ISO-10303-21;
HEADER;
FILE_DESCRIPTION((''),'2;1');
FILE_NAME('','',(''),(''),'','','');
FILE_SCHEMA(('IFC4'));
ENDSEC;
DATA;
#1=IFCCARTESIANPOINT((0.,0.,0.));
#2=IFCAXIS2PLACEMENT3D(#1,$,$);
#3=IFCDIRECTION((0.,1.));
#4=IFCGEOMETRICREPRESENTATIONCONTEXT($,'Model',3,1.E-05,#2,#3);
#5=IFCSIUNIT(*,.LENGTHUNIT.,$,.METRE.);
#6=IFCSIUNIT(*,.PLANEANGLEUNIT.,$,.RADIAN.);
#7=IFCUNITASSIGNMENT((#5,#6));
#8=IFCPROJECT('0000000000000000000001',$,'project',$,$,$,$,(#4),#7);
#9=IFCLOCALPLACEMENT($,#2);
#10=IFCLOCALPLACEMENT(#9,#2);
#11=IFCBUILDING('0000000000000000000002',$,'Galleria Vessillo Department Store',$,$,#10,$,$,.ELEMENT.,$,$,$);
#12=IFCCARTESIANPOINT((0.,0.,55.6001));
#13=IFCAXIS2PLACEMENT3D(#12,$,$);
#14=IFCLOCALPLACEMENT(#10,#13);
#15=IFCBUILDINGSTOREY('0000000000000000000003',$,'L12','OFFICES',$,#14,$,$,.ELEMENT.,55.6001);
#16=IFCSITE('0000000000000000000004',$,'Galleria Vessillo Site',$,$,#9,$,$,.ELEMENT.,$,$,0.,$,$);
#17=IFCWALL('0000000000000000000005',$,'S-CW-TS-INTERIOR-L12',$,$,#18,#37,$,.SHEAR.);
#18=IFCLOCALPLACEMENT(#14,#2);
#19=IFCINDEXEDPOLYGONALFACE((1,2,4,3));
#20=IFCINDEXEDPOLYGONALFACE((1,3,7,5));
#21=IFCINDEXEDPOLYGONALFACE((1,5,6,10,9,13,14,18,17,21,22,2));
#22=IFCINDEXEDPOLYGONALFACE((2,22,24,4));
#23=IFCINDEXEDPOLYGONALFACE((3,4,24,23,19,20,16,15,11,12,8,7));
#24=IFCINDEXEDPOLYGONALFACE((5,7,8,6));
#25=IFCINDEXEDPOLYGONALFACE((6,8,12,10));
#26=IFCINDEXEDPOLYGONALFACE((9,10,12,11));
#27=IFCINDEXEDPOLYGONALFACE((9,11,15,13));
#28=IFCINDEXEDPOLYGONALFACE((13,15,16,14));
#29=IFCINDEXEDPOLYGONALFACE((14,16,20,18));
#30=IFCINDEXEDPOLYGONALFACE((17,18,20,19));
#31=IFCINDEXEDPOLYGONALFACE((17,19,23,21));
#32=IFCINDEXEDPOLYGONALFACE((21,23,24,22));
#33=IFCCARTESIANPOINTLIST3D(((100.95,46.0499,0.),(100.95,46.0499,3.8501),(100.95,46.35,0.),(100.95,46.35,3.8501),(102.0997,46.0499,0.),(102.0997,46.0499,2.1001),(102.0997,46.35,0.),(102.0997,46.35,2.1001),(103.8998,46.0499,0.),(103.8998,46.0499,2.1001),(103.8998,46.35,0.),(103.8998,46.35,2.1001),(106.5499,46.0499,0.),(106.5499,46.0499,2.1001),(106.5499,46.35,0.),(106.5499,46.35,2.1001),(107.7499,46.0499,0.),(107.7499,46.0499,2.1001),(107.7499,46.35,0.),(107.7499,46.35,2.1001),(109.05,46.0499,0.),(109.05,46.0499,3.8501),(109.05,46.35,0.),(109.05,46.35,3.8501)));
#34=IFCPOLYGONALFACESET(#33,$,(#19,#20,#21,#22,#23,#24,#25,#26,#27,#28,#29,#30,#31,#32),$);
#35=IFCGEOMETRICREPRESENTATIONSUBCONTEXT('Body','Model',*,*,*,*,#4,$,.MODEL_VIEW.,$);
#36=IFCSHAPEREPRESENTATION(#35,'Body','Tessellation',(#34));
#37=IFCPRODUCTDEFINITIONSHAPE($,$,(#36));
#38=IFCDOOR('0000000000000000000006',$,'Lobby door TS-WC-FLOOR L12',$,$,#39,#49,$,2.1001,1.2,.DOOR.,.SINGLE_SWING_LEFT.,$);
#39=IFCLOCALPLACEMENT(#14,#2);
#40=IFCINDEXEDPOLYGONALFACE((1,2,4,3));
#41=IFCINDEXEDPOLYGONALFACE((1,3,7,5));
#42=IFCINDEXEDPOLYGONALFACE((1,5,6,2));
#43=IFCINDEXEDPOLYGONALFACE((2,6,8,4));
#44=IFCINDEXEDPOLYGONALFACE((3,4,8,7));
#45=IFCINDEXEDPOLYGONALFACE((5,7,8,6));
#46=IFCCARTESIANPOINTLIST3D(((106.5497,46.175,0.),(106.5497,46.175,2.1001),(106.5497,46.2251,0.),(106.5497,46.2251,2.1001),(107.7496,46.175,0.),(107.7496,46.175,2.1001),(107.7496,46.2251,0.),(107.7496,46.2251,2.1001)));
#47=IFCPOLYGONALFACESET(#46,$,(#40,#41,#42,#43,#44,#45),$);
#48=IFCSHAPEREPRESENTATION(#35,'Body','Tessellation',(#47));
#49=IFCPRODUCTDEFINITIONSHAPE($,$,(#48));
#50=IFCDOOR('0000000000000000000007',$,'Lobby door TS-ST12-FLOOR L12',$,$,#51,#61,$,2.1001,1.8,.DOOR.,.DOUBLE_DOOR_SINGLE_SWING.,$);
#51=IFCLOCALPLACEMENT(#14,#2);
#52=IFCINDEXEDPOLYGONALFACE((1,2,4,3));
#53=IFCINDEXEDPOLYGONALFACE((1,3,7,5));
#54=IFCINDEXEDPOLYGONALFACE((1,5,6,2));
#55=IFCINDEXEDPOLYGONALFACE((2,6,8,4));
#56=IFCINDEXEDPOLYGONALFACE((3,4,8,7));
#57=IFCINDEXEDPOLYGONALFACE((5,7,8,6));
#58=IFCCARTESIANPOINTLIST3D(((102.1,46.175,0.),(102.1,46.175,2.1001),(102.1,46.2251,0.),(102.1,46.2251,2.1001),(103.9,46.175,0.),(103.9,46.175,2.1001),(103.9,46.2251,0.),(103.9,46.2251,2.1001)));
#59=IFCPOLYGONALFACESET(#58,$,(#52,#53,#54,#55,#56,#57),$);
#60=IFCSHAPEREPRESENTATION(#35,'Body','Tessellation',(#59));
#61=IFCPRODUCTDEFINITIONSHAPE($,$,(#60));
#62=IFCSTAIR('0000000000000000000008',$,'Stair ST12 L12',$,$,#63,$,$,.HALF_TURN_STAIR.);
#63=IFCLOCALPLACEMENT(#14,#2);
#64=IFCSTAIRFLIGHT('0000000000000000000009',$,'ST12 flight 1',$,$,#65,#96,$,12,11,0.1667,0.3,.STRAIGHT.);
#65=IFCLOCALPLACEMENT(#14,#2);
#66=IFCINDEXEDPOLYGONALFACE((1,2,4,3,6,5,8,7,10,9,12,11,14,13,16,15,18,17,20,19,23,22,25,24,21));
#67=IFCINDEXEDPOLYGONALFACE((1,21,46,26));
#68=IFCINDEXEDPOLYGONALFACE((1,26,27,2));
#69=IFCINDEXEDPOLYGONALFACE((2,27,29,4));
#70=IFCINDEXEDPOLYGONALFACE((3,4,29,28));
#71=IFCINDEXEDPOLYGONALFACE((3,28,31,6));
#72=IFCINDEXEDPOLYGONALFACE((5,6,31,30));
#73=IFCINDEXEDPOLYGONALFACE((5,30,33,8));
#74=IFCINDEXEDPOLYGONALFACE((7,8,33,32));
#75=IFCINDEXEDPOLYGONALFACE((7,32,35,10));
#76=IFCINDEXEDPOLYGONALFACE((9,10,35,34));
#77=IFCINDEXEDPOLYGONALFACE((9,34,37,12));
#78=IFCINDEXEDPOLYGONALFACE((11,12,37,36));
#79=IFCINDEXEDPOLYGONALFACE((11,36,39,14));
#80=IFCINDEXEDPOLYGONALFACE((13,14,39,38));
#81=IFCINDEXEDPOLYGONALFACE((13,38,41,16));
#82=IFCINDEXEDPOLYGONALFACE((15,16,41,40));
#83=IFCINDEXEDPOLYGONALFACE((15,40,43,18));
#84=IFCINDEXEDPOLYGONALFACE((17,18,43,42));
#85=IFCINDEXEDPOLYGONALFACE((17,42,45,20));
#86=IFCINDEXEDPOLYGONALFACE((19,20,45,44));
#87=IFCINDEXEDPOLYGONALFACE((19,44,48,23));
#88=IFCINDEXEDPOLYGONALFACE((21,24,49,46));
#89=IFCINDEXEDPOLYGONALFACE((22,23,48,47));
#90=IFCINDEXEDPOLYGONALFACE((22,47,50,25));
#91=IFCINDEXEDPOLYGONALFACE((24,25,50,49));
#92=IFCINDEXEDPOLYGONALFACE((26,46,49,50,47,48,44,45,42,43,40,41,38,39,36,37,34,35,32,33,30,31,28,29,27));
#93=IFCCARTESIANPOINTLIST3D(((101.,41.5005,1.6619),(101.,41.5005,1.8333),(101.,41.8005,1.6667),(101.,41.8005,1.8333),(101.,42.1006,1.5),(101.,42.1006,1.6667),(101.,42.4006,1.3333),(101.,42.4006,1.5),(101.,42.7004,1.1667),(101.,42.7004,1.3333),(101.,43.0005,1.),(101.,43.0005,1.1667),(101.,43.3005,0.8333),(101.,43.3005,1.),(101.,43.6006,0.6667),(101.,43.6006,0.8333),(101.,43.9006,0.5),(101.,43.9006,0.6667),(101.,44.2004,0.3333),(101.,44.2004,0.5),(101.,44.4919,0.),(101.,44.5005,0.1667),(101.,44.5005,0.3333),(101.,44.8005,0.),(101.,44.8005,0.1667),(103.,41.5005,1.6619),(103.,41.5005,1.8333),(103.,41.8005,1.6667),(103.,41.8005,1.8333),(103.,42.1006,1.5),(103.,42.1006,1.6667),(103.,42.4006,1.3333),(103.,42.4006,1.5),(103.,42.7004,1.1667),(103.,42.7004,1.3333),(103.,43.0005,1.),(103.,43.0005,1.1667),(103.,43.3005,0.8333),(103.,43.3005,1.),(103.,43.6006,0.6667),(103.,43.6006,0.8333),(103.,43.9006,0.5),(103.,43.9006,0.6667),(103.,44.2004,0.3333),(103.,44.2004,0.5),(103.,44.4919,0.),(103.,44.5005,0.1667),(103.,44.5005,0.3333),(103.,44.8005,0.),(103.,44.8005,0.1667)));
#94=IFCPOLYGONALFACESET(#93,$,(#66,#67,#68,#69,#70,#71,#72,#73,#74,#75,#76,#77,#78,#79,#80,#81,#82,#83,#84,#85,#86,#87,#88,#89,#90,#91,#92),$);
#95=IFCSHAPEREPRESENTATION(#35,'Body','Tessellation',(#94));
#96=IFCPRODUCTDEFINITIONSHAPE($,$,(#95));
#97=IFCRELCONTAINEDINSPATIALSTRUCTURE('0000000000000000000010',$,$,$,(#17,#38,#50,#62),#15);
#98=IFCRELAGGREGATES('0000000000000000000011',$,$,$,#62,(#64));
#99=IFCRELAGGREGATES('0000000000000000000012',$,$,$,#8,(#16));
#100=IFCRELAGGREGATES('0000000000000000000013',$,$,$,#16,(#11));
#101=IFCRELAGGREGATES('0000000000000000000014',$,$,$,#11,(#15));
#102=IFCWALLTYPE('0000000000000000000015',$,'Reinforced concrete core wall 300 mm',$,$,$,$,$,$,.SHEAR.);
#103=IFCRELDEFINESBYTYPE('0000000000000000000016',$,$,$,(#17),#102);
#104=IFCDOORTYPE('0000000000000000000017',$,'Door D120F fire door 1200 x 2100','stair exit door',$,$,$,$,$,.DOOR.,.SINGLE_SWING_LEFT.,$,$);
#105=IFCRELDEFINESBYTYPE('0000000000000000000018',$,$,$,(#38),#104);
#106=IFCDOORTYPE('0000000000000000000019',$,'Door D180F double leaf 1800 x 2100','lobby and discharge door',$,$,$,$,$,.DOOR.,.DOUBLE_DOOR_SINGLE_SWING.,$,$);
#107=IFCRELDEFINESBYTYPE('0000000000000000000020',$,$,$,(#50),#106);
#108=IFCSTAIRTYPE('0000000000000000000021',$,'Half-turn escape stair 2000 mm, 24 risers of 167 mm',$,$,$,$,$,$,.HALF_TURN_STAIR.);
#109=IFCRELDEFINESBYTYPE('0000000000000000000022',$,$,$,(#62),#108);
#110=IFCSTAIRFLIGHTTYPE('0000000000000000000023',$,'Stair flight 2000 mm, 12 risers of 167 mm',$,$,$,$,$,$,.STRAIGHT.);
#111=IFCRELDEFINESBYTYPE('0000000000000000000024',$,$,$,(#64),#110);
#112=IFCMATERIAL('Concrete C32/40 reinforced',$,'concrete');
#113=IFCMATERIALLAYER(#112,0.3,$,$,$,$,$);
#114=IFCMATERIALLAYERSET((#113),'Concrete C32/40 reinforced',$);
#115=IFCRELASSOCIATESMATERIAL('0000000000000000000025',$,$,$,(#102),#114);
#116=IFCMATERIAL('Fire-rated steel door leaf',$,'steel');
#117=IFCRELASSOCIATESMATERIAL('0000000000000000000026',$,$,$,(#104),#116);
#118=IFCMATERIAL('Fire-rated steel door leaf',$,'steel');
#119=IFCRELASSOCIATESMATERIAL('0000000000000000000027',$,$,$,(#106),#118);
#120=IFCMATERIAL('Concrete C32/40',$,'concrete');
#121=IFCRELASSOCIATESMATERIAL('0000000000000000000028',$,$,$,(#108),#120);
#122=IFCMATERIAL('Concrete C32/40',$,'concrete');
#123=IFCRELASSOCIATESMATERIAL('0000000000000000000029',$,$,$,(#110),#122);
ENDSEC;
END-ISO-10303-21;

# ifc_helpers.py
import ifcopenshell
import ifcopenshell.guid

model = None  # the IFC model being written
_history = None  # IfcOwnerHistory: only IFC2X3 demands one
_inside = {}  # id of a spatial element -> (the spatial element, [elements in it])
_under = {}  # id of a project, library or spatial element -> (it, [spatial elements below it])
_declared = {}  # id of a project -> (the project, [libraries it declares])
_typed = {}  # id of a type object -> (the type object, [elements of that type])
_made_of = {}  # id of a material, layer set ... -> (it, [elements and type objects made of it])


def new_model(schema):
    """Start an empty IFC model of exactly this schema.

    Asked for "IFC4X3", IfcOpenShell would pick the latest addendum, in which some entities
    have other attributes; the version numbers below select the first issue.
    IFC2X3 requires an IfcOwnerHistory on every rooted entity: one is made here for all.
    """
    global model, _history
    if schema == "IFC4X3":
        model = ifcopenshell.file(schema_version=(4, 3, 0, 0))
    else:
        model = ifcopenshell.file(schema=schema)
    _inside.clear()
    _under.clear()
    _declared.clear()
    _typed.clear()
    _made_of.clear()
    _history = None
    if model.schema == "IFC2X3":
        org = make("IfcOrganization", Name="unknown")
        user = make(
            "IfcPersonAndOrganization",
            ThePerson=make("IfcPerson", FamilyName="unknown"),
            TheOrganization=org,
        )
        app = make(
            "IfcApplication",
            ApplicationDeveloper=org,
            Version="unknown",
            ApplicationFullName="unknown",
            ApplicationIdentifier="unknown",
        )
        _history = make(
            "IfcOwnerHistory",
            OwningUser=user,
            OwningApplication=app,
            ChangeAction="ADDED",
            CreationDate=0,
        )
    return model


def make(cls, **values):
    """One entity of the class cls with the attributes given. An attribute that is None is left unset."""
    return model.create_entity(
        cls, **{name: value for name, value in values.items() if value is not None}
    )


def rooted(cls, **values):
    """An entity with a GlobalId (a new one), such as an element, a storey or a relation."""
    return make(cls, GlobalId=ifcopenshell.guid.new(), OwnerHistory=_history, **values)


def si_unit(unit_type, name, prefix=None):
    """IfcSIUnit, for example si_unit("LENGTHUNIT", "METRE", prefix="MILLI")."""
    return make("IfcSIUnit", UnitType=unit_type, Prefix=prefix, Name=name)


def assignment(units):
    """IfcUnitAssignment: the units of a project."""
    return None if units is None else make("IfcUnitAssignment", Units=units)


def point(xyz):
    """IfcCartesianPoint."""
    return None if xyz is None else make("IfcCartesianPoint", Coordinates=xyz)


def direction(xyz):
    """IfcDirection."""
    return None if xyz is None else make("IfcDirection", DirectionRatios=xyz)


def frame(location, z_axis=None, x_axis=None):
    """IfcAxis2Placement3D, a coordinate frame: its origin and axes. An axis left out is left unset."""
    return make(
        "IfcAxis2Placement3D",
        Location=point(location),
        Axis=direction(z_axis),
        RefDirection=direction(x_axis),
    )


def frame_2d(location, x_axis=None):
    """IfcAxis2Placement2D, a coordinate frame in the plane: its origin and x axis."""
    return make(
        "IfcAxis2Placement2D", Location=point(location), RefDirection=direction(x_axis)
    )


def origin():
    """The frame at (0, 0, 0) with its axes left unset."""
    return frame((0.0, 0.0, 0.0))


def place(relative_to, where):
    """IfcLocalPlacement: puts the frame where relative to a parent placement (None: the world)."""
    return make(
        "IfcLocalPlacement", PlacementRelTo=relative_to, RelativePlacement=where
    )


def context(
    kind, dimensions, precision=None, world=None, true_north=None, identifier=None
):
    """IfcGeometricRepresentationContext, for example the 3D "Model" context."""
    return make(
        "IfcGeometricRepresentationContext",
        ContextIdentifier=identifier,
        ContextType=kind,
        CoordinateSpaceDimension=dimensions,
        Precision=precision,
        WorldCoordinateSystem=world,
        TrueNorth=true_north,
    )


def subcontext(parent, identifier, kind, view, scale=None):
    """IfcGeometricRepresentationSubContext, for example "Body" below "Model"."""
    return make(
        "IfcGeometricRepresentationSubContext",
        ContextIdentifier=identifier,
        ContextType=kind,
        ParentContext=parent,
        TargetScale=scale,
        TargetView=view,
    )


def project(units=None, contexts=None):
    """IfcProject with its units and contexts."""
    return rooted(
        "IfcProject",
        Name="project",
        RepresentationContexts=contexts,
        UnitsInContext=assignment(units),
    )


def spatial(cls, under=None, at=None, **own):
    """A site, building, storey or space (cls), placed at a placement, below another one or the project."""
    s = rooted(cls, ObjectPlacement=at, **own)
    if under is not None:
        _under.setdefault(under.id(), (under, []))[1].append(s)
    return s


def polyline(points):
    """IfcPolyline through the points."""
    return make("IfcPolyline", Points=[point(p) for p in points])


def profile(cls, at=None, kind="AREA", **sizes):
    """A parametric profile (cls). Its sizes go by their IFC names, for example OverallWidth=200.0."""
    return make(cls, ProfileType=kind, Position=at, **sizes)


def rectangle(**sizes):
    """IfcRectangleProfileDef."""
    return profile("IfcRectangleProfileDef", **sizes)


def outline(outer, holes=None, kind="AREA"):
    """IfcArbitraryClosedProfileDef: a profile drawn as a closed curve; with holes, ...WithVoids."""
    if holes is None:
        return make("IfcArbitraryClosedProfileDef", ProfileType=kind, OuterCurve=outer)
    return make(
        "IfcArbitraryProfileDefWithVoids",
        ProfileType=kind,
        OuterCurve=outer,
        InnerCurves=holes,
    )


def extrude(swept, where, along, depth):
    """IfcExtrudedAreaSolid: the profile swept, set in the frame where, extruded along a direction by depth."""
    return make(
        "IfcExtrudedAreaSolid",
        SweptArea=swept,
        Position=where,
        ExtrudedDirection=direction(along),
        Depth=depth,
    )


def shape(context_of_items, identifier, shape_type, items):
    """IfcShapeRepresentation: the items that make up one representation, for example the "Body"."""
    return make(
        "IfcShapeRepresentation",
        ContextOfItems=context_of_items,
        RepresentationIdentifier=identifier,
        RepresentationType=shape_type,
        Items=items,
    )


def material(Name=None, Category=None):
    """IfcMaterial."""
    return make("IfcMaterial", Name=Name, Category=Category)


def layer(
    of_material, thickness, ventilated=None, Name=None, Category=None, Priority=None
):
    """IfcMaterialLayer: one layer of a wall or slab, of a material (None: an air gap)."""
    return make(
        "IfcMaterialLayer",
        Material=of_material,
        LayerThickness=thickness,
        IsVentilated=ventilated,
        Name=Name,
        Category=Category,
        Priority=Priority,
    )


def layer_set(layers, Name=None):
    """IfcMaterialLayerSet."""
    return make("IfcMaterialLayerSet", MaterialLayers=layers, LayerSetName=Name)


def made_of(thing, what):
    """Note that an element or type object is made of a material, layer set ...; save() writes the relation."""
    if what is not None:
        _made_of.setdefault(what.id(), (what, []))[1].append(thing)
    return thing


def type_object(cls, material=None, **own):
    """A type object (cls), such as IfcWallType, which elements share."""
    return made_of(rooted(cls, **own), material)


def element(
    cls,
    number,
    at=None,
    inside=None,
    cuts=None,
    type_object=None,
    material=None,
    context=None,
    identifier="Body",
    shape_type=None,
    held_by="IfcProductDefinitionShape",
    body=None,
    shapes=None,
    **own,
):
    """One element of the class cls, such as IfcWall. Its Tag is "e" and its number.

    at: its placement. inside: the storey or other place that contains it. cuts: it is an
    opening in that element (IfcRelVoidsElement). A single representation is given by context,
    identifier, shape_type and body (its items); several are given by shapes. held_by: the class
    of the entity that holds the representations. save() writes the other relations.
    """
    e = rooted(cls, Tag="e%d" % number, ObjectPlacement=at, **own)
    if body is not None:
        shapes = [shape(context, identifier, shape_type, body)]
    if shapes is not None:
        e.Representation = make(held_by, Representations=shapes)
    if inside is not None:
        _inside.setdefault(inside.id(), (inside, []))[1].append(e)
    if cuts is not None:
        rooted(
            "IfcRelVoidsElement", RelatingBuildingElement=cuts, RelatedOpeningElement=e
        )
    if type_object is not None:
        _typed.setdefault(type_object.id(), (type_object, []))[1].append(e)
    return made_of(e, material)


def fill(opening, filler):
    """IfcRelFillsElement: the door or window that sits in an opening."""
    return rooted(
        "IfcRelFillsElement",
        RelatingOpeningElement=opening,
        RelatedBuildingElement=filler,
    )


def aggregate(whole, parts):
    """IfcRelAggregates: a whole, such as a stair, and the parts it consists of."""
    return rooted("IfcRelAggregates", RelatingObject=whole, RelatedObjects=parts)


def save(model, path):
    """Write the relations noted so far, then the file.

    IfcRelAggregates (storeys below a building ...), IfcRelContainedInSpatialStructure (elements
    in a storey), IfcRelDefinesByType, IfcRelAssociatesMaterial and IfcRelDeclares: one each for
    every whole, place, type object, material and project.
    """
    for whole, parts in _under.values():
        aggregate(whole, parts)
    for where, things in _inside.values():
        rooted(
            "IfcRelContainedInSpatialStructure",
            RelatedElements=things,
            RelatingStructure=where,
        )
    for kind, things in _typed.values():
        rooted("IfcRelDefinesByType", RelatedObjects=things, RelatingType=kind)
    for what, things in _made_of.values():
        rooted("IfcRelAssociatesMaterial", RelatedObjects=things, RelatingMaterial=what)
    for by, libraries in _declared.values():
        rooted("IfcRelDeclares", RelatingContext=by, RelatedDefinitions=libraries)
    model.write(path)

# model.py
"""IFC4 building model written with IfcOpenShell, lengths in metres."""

from ifc_helpers import new_model, si_unit, direction, frame, frame_2d, origin, place, context, subcontext, project, spatial, polyline, rectangle, outline, extrude, material, layer, layer_set, type_object, element, fill, aggregate, save


model = new_model("IFC4")

# Units and contexts
model_context = context("Model", 3, precision=1e-05, world=origin(), true_north=direction((0.0, 1.0)))
body_context = subcontext(model_context, "Body", "Model", "MODEL_VIEW")
ifc_project = project(units=[si_unit("LENGTHUNIT", "METRE"), si_unit("PLANEANGLEUNIT", "RADIAN")], contexts=[model_context])

# Site, building, storey
site_placement = place(None, origin())
site = spatial("IfcSite", under=ifc_project, at=site_placement, Name="Galleria Vessillo Site", CompositionType="ELEMENT", RefElevation=0.0)
building_placement = place(site_placement, origin())
building = spatial("IfcBuilding", under=site, at=building_placement, Name="Galleria Vessillo Department Store", CompositionType="ELEMENT")
storey_placement = place(building_placement, frame((0.0, 0.0, 55.6001)))
storey = spatial("IfcBuildingStorey", under=building, at=storey_placement, Name="L12", Description="OFFICES", CompositionType="ELEMENT", Elevation=55.6001)

# Wall, openings, doors
ifc_material_1 = material(Name="Concrete C32/40 reinforced", Category="concrete")
ifc_layer_1 = layer(ifc_material_1, 0.3)
ifc_layer_set_1 = layer_set([ifc_layer_1], Name="Concrete C32/40 reinforced")
wall_type_1 = type_object("IfcWallType", Name="Reinforced concrete core wall 300 mm", PredefinedType="SHEAR", material=ifc_layer_set_1)
wall_1_placement = place(storey_placement, frame((100.95, 46.2, 0.0), z_axis=(0.0, 0.0, 1.0), x_axis=(1.0, 0.0, 0.0)))
wall_1 = element("IfcWall", 1, at=wall_1_placement, inside=storey, type_object=wall_type_1, Name="S-CW-TS-INTERIOR-L12", PredefinedType="SHEAR", context=body_context, shape_type="SweptSolid", body=[
    extrude(rectangle(XDim=8.1001, YDim=0.3, at=frame_2d((4.05, 0.0))), origin(), (0.0, 0.0, 1.0), 3.8501),
])
opening_1_placement = place(wall_1_placement, frame((1.1499, 0.0, 0.0)))
opening_1 = element("IfcOpeningElement", 2, at=opening_1_placement, cuts=wall_1, PredefinedType="OPENING", context=body_context, shape_type="SweptSolid", body=[
    extrude(rectangle(XDim=1.8, YDim=2.1001, at=frame_2d((0.8999, 1.05))), frame((0.0, 0.1602, 0.0), z_axis=(0.0, -1.0, 0.0), x_axis=(1.0, 0.0, 0.0)), (0.0, 0.0, 1.0), 0.3201),
])
opening_2_placement = place(wall_1_placement, frame((5.5999, 0.0, 0.0)))
opening_2 = element("IfcOpeningElement", 3, at=opening_2_placement, cuts=wall_1, PredefinedType="OPENING", context=body_context, shape_type="SweptSolid", body=[
    extrude(rectangle(XDim=1.2, YDim=2.1001, at=frame_2d((0.6001, 1.05))), frame((0.0, 0.1602, 0.0), z_axis=(0.0, -1.0, 0.0), x_axis=(1.0, 0.0, 0.0)), (0.0, 0.0, 1.0), 0.3201),
])
ifc_material_2 = material(Name="Fire-rated steel door leaf", Category="steel")
door_type_1 = type_object("IfcDoorType", Name="Door D120F fire door 1200 x 2100", Description="stair exit door", OperationType="SINGLE_SWING_LEFT", PredefinedType="DOOR", material=ifc_material_2)
door_1_placement = place(opening_2_placement, frame((1.2, 0.0, 0.0), z_axis=(0.0, 0.0, 1.0), x_axis=(-1.0, 0.0, 0.0)))
door_1 = element("IfcDoor", 4, at=door_1_placement, inside=storey, type_object=door_type_1, Name="Lobby door TS-WC-FLOOR L12", OperationType="SINGLE_SWING_LEFT", OverallHeight=2.1001, OverallWidth=1.2, PredefinedType="DOOR", context=body_context, shape_type="SweptSolid", body=[
    extrude(rectangle(XDim=1.2, YDim=2.1001, at=frame_2d((0.6001, 1.05))), frame((0.0, 0.0249, 0.0), z_axis=(0.0, -1.0, 0.0), x_axis=(1.0, 0.0, 0.0)), (0.0, 0.0, 1.0), 0.05),
])
fill(opening_2, door_1)
ifc_material_3 = material(Name="Fire-rated steel door leaf", Category="steel")
door_type_2 = type_object("IfcDoorType", Name="Door D180F double leaf 1800 x 2100", Description="lobby and discharge door", OperationType="DOUBLE_DOOR_SINGLE_SWING", PredefinedType="DOOR", material=ifc_material_3)
door_2_placement = place(opening_1_placement, frame((1.8, 0.0, 0.0), z_axis=(0.0, 0.0, 1.0), x_axis=(-1.0, 0.0, 0.0)))
door_2 = element("IfcDoor", 5, at=door_2_placement, inside=storey, type_object=door_type_2, Name="Lobby door TS-ST12-FLOOR L12", OperationType="DOUBLE_DOOR_SINGLE_SWING", OverallHeight=2.1001, OverallWidth=1.8, PredefinedType="DOOR", context=body_context, shape_type="SweptSolid", body=[
    extrude(rectangle(XDim=1.8, YDim=2.1001, at=frame_2d((0.8999, 1.05))), frame((0.0, 0.0249, 0.0), z_axis=(0.0, -1.0, 0.0), x_axis=(1.0, 0.0, 0.0)), (0.0, 0.0, 1.0), 0.05),
])
fill(opening_1, door_2)

# Stair, stair flight
ifc_material_4 = material(Name="Concrete C32/40", Category="concrete")
stair_type = type_object("IfcStairType", Name="Half-turn escape stair 2000 mm, 24 risers of 167 mm", PredefinedType="HALF_TURN_STAIR", material=ifc_material_4)
stair_placement = place(storey_placement, origin())
stair = element("IfcStair", 6, at=stair_placement, inside=storey, type_object=stair_type, Name="Stair ST12 L12", PredefinedType="HALF_TURN_STAIR")
ifc_material_5 = material(Name="Concrete C32/40", Category="concrete")
stair_flight_type = type_object("IfcStairFlightType", Name="Stair flight 2000 mm, 12 risers of 167 mm", PredefinedType="STRAIGHT", material=ifc_material_5)
stair_flight_placement = place(storey_placement, frame((102.0, 44.8005, 0.0), z_axis=(0.0, 0.0, 1.0), x_axis=(0.0, -1.0, 0.0)))
stair_flight = element("IfcStairFlight", 7, at=stair_flight_placement, type_object=stair_flight_type, Name="ST12 flight 1", NumberOfRisers=12, NumberOfTreads=11, PredefinedType="STRAIGHT", RiserHeight=0.1667, TreadLength=0.3, context=body_context, shape_type="SweptSolid", body=[
    extrude(outline(polyline([(0.0, 0.0), (0.0, 0.1667), (0.3, 0.1667), (0.3, 0.3333), (0.6001, 0.3333), (0.6001, 0.5), (0.8999, 0.5), (0.8999, 0.6667), (1.2, 0.6667), (1.2, 0.8333), (1.5, 0.8333), (1.5, 1.0), (1.8, 1.0), (1.8, 1.1667), (2.1001, 1.1667), (2.1001, 1.3333), (2.3999, 1.3333), (2.3999, 1.5), (2.7, 1.5), (2.7, 1.6667), (3.0, 1.6667), (3.0, 1.8333), (3.3, 1.8333), (3.3, 2.0), (3.3, 1.6619), (0.3086, 0.0), (0.0, 0.0)])), frame((0.0, 1.0, 0.0), z_axis=(0.0, -1.0, 0.0), x_axis=(1.0, 0.0, 0.0)), (0.0, 0.0, 1.0), 2.0),
])
aggregate(stair, [stair_flight])

save(model, "model.ifc")
